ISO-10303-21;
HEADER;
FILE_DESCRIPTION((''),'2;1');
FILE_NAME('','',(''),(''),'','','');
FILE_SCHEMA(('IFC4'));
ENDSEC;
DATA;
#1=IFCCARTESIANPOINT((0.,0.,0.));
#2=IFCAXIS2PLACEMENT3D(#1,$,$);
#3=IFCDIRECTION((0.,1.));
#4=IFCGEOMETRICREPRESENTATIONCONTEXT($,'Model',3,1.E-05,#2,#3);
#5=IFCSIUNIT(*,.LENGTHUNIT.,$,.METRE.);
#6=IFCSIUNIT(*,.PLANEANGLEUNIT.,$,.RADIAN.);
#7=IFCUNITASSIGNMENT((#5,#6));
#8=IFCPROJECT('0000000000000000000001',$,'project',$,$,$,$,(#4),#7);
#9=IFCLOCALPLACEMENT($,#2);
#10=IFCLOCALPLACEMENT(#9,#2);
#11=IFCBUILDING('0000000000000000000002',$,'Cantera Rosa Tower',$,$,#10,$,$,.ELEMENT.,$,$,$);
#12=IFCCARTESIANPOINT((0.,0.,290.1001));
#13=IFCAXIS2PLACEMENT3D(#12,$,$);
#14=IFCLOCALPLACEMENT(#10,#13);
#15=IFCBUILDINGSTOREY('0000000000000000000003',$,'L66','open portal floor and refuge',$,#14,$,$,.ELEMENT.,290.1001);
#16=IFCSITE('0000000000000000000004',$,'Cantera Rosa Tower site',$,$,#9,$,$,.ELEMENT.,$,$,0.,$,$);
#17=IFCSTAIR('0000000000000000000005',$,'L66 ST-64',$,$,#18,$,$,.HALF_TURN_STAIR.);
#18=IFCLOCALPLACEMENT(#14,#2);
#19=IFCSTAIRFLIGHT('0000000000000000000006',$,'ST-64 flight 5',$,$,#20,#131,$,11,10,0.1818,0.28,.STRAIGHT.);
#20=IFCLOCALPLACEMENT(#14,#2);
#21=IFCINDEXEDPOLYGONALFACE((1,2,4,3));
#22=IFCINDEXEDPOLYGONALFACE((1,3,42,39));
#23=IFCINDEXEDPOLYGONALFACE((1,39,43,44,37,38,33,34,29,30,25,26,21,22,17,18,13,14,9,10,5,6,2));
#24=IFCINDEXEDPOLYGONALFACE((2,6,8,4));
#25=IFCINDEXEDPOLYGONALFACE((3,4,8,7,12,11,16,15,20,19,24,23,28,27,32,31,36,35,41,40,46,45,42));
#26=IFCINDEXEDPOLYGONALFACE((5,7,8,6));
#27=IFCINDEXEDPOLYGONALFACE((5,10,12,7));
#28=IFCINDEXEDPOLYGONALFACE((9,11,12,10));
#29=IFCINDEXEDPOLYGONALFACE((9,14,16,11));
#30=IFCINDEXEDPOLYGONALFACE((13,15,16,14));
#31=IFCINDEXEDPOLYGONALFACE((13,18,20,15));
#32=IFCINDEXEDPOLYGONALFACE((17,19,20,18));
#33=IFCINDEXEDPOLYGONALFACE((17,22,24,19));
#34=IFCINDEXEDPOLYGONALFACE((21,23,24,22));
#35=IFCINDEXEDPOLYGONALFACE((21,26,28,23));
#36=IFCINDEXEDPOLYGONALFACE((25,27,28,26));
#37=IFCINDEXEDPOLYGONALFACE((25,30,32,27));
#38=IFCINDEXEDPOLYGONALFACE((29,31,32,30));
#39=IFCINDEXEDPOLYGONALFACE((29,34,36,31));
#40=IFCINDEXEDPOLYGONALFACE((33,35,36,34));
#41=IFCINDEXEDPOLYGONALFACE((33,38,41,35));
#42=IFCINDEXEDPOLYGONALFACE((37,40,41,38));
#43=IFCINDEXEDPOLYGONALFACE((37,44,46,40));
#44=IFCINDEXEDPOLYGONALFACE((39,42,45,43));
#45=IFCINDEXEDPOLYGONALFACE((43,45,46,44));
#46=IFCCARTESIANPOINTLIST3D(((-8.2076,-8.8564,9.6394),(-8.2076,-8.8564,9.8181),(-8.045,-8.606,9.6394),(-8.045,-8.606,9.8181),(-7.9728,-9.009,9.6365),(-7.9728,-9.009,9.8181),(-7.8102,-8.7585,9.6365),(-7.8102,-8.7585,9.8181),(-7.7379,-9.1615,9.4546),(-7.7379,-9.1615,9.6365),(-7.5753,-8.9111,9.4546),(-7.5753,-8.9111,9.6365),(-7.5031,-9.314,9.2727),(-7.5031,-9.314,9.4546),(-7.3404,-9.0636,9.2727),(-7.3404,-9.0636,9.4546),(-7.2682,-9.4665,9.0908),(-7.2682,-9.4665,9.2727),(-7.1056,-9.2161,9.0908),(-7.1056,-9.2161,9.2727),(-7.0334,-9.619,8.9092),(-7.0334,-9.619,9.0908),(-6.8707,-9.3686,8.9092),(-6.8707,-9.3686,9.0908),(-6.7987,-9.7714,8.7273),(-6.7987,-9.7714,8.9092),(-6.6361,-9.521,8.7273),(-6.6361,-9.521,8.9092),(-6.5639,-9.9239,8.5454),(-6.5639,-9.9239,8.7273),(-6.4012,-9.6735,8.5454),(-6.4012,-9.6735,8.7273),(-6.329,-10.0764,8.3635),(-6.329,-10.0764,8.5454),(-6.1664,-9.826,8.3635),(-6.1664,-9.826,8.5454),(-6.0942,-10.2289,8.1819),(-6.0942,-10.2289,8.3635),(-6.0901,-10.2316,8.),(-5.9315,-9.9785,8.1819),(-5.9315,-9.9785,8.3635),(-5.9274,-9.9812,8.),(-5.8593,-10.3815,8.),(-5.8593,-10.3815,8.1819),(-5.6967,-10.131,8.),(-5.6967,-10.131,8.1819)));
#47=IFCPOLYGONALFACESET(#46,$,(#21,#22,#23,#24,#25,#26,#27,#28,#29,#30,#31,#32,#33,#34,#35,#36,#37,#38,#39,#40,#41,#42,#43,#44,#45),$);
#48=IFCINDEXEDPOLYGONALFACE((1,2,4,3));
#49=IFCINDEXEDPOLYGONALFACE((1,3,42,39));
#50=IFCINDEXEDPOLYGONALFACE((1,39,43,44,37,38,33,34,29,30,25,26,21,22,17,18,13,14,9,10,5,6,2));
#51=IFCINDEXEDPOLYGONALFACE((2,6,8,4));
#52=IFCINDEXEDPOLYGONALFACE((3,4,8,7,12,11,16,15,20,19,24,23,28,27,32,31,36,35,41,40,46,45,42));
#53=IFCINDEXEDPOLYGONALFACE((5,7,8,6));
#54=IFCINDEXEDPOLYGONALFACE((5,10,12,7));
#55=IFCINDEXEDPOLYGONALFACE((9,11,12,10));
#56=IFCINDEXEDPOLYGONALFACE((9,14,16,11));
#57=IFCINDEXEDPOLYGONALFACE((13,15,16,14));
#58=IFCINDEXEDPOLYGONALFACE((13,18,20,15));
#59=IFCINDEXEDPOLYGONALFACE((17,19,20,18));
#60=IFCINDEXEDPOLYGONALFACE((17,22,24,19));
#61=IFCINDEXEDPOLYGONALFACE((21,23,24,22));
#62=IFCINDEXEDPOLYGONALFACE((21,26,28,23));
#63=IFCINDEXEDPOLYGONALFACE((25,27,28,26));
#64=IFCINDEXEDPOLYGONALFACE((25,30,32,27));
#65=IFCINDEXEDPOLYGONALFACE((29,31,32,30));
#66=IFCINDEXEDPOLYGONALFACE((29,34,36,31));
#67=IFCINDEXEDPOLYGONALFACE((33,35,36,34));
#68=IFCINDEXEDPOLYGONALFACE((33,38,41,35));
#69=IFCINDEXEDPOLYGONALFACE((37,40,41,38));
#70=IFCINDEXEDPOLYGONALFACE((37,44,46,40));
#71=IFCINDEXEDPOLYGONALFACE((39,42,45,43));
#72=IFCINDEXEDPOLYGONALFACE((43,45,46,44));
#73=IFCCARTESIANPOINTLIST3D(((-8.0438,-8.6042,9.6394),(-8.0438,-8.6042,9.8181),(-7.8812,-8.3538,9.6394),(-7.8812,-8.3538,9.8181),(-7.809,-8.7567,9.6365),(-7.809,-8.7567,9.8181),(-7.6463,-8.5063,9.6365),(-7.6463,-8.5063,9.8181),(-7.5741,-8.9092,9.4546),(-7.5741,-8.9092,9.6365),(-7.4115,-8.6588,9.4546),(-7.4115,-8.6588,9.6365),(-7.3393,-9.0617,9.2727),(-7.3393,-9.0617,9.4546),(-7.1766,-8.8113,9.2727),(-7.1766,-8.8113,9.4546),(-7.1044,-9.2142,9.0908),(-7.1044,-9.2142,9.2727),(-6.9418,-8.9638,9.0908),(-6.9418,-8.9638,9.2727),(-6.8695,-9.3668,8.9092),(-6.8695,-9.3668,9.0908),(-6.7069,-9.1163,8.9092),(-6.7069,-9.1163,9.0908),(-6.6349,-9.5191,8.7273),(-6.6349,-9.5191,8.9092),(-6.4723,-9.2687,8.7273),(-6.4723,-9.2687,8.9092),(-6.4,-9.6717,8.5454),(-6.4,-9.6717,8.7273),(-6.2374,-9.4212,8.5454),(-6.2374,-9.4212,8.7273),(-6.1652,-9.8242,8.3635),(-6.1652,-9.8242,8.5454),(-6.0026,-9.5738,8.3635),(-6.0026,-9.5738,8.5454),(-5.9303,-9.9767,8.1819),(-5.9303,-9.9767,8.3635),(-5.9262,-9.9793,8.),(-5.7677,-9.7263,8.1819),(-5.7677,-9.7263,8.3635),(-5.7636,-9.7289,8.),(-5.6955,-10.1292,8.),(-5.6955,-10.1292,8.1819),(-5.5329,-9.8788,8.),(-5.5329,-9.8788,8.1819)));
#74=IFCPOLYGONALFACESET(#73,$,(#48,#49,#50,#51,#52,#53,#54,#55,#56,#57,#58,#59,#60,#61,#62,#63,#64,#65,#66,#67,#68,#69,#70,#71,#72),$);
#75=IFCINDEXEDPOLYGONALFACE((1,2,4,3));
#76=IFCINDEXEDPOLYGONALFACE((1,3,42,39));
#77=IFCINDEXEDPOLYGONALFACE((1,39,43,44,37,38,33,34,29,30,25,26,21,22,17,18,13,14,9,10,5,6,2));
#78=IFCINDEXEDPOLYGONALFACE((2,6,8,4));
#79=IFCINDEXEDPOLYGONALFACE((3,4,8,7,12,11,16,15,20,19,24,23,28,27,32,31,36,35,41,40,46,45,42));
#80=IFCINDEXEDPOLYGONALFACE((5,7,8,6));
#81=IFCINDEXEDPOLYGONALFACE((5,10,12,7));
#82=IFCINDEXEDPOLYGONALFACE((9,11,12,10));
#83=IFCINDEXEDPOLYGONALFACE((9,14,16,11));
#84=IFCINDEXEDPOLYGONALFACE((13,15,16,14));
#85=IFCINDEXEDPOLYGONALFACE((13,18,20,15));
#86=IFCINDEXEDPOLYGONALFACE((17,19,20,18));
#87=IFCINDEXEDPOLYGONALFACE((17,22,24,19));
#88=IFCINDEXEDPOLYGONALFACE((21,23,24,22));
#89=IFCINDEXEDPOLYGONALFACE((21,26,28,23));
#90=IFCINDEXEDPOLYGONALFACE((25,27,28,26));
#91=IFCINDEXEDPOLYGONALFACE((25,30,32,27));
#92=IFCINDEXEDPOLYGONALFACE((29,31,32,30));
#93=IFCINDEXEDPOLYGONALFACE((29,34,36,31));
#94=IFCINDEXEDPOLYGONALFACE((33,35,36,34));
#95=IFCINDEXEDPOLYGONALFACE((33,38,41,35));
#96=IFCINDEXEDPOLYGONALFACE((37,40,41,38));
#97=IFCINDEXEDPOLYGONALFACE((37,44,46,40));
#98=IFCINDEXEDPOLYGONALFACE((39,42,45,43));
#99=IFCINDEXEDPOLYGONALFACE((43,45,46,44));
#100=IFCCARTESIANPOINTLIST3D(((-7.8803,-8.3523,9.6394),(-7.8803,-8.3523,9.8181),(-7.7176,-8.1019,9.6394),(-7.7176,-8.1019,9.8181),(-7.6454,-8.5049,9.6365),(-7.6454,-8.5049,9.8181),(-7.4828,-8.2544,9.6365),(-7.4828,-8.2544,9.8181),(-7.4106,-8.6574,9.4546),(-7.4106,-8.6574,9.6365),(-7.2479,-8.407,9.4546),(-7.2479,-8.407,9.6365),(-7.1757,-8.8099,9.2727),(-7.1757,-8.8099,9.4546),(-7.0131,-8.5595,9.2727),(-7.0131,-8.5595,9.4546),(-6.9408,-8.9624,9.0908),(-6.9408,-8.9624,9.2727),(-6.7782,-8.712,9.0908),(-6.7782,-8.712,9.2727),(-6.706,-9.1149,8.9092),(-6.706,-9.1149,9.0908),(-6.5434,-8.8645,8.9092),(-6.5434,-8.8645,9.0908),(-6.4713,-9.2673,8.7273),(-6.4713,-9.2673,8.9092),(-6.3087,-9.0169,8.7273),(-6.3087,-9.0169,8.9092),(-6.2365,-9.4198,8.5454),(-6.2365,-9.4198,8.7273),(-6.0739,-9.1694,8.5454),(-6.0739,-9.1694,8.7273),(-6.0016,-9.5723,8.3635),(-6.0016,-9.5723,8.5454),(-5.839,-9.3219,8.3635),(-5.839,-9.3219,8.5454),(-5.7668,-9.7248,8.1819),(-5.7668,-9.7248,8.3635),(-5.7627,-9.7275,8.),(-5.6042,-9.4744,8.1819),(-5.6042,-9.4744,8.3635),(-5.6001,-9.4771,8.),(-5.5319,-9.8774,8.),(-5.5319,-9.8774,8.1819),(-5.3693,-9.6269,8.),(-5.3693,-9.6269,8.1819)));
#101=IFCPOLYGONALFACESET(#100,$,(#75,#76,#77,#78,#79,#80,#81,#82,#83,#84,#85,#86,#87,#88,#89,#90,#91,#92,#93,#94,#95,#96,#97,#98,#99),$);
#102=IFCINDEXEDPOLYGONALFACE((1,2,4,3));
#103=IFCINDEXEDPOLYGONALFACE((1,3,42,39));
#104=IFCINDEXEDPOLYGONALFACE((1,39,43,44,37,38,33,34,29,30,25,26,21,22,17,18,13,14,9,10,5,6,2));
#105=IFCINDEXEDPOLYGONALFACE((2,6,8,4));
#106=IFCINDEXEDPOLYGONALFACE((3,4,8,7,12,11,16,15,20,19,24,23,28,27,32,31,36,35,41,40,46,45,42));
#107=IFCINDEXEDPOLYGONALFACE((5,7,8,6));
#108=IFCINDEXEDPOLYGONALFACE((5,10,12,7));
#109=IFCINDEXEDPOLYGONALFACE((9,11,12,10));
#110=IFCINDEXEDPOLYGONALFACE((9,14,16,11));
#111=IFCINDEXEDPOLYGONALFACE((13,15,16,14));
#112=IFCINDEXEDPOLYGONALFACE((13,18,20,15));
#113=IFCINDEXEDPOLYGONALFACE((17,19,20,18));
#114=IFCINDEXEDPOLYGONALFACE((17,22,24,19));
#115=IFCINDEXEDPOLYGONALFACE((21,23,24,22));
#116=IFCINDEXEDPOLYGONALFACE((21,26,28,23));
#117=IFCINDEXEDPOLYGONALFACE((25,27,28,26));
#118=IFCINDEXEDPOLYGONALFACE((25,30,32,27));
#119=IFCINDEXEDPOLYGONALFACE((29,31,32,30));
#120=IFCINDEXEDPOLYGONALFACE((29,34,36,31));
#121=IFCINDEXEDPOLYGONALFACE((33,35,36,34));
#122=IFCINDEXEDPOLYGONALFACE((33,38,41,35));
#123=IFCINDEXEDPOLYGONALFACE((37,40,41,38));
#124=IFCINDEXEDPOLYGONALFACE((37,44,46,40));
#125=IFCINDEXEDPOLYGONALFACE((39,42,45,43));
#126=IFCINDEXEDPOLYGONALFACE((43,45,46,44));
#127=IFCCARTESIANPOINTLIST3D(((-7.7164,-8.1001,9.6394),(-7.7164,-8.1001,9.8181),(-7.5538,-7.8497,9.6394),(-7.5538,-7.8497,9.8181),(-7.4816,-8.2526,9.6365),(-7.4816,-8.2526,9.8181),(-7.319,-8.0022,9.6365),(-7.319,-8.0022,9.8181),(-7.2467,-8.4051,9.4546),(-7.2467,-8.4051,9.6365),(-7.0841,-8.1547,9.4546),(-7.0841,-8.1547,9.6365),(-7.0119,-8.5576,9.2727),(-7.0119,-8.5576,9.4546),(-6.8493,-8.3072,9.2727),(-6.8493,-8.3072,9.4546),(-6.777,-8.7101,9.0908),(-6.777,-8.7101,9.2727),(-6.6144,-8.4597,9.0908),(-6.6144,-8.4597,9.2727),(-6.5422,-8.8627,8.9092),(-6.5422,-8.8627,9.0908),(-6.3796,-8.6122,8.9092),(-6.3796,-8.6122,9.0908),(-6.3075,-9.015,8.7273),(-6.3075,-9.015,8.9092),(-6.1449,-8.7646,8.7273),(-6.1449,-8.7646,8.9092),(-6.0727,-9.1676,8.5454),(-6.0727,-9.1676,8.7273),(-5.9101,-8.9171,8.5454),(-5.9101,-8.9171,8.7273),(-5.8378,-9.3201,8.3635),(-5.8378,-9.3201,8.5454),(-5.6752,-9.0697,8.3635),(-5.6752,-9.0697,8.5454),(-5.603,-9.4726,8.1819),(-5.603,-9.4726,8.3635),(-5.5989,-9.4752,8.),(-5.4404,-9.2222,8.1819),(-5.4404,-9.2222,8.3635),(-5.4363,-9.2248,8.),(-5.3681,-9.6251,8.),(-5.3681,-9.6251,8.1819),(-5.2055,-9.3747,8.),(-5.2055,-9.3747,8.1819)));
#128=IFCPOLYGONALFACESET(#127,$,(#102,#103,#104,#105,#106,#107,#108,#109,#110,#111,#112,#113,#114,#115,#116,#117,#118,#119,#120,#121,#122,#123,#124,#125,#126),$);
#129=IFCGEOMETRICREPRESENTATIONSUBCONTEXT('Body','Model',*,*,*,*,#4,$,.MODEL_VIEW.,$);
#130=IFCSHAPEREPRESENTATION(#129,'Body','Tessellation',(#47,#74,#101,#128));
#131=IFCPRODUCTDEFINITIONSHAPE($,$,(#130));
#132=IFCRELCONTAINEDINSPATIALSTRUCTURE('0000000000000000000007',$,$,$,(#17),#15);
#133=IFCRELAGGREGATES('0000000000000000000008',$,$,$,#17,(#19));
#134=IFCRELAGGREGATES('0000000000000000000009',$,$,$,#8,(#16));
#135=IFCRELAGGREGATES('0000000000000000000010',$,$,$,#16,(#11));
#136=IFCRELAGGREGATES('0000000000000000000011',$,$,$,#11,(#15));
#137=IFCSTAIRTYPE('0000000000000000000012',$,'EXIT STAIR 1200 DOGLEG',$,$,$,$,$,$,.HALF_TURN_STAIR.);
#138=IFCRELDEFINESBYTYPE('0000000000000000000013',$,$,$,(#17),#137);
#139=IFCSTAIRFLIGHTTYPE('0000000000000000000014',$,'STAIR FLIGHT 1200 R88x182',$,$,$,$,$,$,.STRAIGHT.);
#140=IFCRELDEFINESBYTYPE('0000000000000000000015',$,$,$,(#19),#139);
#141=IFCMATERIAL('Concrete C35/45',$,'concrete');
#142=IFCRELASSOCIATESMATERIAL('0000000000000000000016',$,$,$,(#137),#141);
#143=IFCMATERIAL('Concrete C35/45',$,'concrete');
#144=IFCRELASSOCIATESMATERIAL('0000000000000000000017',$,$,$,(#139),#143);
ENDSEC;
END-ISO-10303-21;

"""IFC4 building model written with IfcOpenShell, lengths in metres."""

from ifc_helpers import new_model, si_unit, direction, frame, origin, place, context, subcontext, project, spatial, polyline, outline, extrude, material, type_object, element, aggregate, save


model = new_model("IFC4")

# Units and contexts
model_context = context("Model", 3, precision=1e-05, world=origin(), true_north=direction((0.0, 1.0)))
body_context = subcontext(model_context, "Body", "Model", "MODEL_VIEW")
ifc_project = project(units=[si_unit("LENGTHUNIT", "METRE"), si_unit("PLANEANGLEUNIT", "RADIAN")], contexts=[model_context])

# Site, building, storey
site_placement = place(None, origin())
site = spatial("IfcSite", under=ifc_project, at=site_placement, Name="Cantera Rosa Tower site", CompositionType="ELEMENT", RefElevation=0.0)
building_placement = place(site_placement, origin())
building = spatial("IfcBuilding", under=site, at=building_placement, Name="Cantera Rosa Tower", CompositionType="ELEMENT")
storey_placement = place(building_placement, frame((0.0, 0.0, 290.1001)))
storey = spatial("IfcBuildingStorey", under=building, at=storey_placement, Name="L66", Description="open portal floor and refuge", CompositionType="ELEMENT", Elevation=290.1001)

# Stair, stair flight
ifc_material_1 = material(Name="Concrete C35/45", Category="concrete")
stair_type = type_object("IfcStairType", Name="EXIT STAIR 1200 DOGLEG", PredefinedType="HALF_TURN_STAIR", material=ifc_material_1)
stair_placement = place(storey_placement, origin())
stair = element("IfcStair", 1, at=stair_placement, inside=storey, type_object=stair_type, Name="L66 ST-64", PredefinedType="HALF_TURN_STAIR")
ifc_material_2 = material(Name="Concrete C35/45", Category="concrete")
stair_flight_type = type_object("IfcStairFlightType", Name="STAIR FLIGHT 1200 R88x182", PredefinedType="STRAIGHT", material=ifc_material_2)
stair_flight_1_placement = place(storey_placement, frame((-5.5325, -9.8782, 8.0), z_axis=(0.0, 0.0, 1.0), x_axis=(-0.838671, 0.544639, 0.0)))
stair_flight_1 = element("IfcStairFlight", 2, at=stair_flight_1_placement, type_object=stair_flight_type, Name="ST-64 flight 5", NumberOfRisers=11, NumberOfTreads=10, PredefinedType="STRAIGHT", RiserHeight=0.1818, TreadLength=0.28, context=body_context, shape_type="SweptSolid", body=[
    extrude(outline(polyline([(0.0, 0.0), (0.0, 0.1819), (0.28, 0.1819), (0.28, 0.3635), (0.5601, 0.3635), (0.5601, 0.5454), (0.8401, 0.5454), (0.8401, 0.7273), (1.1201, 0.7273), (1.1201, 0.9092), (1.3999, 0.9092), (1.3999, 1.0908), (1.6799, 1.0908), (1.6799, 1.2727), (1.96, 1.2727), (1.96, 1.4546), (2.24, 1.4546), (2.24, 1.6365), (2.52, 1.6365), (2.52, 1.8181), (2.8, 1.8181), (2.8, 2.0), (2.8, 1.6394), (0.2751, 0.0), (0.0, 0.0)])), frame((0.0, 0.6001, 0.0), z_axis=(0.0, -1.0, 0.0), x_axis=(1.0, 0.0, 0.0)), (0.0, 0.0, 1.0), 0.2986),
    extrude(outline(polyline([(0.0, 0.0), (0.0, 0.1819), (0.28, 0.1819), (0.28, 0.3635), (0.5601, 0.3635), (0.5601, 0.5454), (0.8401, 0.5454), (0.8401, 0.7273), (1.1201, 0.7273), (1.1201, 0.9092), (1.3999, 0.9092), (1.3999, 1.0908), (1.6799, 1.0908), (1.6799, 1.2727), (1.96, 1.2727), (1.96, 1.4546), (2.24, 1.4546), (2.24, 1.6365), (2.52, 1.6365), (2.52, 1.8181), (2.8, 1.8181), (2.8, 2.0), (2.8, 1.6394), (0.2751, 0.0), (0.0, 0.0)])), frame((0.0, 0.2993, 0.0), z_axis=(0.0, -1.0, 0.0), x_axis=(1.0, 0.0, 0.0)), (0.0, 0.0, 1.0), 0.2986),
    extrude(outline(polyline([(0.0, 0.0), (0.0, 0.1819), (0.28, 0.1819), (0.28, 0.3635), (0.5601, 0.3635), (0.5601, 0.5454), (0.8401, 0.5454), (0.8401, 0.7273), (1.1201, 0.7273), (1.1201, 0.9092), (1.3999, 0.9092), (1.3999, 1.0908), (1.6799, 1.0908), (1.6799, 1.2727), (1.96, 1.2727), (1.96, 1.4546), (2.24, 1.4546), (2.24, 1.6365), (2.52, 1.6365), (2.52, 1.8181), (2.8, 1.8181), (2.8, 2.0), (2.8, 1.6394), (0.2751, 0.0), (0.0, 0.0)])), frame((0.0, -0.001, 0.0), z_axis=(0.0, -1.0, 0.0), x_axis=(1.0, 0.0, 0.0)), (0.0, 0.0, 1.0), 0.2986),
    extrude(outline(polyline([(0.0, 0.0), (0.0, 0.1819), (0.28, 0.1819), (0.28, 0.3635), (0.5601, 0.3635), (0.5601, 0.5454), (0.8401, 0.5454), (0.8401, 0.7273), (1.1201, 0.7273), (1.1201, 0.9092), (1.3999, 0.9092), (1.3999, 1.0908), (1.6799, 1.0908), (1.6799, 1.2727), (1.96, 1.2727), (1.96, 1.4546), (2.24, 1.4546), (2.24, 1.6365), (2.52, 1.6365), (2.52, 1.8181), (2.8, 1.8181), (2.8, 2.0), (2.8, 1.6394), (0.2751, 0.0), (0.0, 0.0)])), frame((0.0, -0.3018, 0.0), z_axis=(0.0, -1.0, 0.0), x_axis=(1.0, 0.0, 0.0)), (0.0, 0.0, 1.0), 0.2986),
])
aggregate(stair, [stair_flight_1])

save(model, "model.ifc")
